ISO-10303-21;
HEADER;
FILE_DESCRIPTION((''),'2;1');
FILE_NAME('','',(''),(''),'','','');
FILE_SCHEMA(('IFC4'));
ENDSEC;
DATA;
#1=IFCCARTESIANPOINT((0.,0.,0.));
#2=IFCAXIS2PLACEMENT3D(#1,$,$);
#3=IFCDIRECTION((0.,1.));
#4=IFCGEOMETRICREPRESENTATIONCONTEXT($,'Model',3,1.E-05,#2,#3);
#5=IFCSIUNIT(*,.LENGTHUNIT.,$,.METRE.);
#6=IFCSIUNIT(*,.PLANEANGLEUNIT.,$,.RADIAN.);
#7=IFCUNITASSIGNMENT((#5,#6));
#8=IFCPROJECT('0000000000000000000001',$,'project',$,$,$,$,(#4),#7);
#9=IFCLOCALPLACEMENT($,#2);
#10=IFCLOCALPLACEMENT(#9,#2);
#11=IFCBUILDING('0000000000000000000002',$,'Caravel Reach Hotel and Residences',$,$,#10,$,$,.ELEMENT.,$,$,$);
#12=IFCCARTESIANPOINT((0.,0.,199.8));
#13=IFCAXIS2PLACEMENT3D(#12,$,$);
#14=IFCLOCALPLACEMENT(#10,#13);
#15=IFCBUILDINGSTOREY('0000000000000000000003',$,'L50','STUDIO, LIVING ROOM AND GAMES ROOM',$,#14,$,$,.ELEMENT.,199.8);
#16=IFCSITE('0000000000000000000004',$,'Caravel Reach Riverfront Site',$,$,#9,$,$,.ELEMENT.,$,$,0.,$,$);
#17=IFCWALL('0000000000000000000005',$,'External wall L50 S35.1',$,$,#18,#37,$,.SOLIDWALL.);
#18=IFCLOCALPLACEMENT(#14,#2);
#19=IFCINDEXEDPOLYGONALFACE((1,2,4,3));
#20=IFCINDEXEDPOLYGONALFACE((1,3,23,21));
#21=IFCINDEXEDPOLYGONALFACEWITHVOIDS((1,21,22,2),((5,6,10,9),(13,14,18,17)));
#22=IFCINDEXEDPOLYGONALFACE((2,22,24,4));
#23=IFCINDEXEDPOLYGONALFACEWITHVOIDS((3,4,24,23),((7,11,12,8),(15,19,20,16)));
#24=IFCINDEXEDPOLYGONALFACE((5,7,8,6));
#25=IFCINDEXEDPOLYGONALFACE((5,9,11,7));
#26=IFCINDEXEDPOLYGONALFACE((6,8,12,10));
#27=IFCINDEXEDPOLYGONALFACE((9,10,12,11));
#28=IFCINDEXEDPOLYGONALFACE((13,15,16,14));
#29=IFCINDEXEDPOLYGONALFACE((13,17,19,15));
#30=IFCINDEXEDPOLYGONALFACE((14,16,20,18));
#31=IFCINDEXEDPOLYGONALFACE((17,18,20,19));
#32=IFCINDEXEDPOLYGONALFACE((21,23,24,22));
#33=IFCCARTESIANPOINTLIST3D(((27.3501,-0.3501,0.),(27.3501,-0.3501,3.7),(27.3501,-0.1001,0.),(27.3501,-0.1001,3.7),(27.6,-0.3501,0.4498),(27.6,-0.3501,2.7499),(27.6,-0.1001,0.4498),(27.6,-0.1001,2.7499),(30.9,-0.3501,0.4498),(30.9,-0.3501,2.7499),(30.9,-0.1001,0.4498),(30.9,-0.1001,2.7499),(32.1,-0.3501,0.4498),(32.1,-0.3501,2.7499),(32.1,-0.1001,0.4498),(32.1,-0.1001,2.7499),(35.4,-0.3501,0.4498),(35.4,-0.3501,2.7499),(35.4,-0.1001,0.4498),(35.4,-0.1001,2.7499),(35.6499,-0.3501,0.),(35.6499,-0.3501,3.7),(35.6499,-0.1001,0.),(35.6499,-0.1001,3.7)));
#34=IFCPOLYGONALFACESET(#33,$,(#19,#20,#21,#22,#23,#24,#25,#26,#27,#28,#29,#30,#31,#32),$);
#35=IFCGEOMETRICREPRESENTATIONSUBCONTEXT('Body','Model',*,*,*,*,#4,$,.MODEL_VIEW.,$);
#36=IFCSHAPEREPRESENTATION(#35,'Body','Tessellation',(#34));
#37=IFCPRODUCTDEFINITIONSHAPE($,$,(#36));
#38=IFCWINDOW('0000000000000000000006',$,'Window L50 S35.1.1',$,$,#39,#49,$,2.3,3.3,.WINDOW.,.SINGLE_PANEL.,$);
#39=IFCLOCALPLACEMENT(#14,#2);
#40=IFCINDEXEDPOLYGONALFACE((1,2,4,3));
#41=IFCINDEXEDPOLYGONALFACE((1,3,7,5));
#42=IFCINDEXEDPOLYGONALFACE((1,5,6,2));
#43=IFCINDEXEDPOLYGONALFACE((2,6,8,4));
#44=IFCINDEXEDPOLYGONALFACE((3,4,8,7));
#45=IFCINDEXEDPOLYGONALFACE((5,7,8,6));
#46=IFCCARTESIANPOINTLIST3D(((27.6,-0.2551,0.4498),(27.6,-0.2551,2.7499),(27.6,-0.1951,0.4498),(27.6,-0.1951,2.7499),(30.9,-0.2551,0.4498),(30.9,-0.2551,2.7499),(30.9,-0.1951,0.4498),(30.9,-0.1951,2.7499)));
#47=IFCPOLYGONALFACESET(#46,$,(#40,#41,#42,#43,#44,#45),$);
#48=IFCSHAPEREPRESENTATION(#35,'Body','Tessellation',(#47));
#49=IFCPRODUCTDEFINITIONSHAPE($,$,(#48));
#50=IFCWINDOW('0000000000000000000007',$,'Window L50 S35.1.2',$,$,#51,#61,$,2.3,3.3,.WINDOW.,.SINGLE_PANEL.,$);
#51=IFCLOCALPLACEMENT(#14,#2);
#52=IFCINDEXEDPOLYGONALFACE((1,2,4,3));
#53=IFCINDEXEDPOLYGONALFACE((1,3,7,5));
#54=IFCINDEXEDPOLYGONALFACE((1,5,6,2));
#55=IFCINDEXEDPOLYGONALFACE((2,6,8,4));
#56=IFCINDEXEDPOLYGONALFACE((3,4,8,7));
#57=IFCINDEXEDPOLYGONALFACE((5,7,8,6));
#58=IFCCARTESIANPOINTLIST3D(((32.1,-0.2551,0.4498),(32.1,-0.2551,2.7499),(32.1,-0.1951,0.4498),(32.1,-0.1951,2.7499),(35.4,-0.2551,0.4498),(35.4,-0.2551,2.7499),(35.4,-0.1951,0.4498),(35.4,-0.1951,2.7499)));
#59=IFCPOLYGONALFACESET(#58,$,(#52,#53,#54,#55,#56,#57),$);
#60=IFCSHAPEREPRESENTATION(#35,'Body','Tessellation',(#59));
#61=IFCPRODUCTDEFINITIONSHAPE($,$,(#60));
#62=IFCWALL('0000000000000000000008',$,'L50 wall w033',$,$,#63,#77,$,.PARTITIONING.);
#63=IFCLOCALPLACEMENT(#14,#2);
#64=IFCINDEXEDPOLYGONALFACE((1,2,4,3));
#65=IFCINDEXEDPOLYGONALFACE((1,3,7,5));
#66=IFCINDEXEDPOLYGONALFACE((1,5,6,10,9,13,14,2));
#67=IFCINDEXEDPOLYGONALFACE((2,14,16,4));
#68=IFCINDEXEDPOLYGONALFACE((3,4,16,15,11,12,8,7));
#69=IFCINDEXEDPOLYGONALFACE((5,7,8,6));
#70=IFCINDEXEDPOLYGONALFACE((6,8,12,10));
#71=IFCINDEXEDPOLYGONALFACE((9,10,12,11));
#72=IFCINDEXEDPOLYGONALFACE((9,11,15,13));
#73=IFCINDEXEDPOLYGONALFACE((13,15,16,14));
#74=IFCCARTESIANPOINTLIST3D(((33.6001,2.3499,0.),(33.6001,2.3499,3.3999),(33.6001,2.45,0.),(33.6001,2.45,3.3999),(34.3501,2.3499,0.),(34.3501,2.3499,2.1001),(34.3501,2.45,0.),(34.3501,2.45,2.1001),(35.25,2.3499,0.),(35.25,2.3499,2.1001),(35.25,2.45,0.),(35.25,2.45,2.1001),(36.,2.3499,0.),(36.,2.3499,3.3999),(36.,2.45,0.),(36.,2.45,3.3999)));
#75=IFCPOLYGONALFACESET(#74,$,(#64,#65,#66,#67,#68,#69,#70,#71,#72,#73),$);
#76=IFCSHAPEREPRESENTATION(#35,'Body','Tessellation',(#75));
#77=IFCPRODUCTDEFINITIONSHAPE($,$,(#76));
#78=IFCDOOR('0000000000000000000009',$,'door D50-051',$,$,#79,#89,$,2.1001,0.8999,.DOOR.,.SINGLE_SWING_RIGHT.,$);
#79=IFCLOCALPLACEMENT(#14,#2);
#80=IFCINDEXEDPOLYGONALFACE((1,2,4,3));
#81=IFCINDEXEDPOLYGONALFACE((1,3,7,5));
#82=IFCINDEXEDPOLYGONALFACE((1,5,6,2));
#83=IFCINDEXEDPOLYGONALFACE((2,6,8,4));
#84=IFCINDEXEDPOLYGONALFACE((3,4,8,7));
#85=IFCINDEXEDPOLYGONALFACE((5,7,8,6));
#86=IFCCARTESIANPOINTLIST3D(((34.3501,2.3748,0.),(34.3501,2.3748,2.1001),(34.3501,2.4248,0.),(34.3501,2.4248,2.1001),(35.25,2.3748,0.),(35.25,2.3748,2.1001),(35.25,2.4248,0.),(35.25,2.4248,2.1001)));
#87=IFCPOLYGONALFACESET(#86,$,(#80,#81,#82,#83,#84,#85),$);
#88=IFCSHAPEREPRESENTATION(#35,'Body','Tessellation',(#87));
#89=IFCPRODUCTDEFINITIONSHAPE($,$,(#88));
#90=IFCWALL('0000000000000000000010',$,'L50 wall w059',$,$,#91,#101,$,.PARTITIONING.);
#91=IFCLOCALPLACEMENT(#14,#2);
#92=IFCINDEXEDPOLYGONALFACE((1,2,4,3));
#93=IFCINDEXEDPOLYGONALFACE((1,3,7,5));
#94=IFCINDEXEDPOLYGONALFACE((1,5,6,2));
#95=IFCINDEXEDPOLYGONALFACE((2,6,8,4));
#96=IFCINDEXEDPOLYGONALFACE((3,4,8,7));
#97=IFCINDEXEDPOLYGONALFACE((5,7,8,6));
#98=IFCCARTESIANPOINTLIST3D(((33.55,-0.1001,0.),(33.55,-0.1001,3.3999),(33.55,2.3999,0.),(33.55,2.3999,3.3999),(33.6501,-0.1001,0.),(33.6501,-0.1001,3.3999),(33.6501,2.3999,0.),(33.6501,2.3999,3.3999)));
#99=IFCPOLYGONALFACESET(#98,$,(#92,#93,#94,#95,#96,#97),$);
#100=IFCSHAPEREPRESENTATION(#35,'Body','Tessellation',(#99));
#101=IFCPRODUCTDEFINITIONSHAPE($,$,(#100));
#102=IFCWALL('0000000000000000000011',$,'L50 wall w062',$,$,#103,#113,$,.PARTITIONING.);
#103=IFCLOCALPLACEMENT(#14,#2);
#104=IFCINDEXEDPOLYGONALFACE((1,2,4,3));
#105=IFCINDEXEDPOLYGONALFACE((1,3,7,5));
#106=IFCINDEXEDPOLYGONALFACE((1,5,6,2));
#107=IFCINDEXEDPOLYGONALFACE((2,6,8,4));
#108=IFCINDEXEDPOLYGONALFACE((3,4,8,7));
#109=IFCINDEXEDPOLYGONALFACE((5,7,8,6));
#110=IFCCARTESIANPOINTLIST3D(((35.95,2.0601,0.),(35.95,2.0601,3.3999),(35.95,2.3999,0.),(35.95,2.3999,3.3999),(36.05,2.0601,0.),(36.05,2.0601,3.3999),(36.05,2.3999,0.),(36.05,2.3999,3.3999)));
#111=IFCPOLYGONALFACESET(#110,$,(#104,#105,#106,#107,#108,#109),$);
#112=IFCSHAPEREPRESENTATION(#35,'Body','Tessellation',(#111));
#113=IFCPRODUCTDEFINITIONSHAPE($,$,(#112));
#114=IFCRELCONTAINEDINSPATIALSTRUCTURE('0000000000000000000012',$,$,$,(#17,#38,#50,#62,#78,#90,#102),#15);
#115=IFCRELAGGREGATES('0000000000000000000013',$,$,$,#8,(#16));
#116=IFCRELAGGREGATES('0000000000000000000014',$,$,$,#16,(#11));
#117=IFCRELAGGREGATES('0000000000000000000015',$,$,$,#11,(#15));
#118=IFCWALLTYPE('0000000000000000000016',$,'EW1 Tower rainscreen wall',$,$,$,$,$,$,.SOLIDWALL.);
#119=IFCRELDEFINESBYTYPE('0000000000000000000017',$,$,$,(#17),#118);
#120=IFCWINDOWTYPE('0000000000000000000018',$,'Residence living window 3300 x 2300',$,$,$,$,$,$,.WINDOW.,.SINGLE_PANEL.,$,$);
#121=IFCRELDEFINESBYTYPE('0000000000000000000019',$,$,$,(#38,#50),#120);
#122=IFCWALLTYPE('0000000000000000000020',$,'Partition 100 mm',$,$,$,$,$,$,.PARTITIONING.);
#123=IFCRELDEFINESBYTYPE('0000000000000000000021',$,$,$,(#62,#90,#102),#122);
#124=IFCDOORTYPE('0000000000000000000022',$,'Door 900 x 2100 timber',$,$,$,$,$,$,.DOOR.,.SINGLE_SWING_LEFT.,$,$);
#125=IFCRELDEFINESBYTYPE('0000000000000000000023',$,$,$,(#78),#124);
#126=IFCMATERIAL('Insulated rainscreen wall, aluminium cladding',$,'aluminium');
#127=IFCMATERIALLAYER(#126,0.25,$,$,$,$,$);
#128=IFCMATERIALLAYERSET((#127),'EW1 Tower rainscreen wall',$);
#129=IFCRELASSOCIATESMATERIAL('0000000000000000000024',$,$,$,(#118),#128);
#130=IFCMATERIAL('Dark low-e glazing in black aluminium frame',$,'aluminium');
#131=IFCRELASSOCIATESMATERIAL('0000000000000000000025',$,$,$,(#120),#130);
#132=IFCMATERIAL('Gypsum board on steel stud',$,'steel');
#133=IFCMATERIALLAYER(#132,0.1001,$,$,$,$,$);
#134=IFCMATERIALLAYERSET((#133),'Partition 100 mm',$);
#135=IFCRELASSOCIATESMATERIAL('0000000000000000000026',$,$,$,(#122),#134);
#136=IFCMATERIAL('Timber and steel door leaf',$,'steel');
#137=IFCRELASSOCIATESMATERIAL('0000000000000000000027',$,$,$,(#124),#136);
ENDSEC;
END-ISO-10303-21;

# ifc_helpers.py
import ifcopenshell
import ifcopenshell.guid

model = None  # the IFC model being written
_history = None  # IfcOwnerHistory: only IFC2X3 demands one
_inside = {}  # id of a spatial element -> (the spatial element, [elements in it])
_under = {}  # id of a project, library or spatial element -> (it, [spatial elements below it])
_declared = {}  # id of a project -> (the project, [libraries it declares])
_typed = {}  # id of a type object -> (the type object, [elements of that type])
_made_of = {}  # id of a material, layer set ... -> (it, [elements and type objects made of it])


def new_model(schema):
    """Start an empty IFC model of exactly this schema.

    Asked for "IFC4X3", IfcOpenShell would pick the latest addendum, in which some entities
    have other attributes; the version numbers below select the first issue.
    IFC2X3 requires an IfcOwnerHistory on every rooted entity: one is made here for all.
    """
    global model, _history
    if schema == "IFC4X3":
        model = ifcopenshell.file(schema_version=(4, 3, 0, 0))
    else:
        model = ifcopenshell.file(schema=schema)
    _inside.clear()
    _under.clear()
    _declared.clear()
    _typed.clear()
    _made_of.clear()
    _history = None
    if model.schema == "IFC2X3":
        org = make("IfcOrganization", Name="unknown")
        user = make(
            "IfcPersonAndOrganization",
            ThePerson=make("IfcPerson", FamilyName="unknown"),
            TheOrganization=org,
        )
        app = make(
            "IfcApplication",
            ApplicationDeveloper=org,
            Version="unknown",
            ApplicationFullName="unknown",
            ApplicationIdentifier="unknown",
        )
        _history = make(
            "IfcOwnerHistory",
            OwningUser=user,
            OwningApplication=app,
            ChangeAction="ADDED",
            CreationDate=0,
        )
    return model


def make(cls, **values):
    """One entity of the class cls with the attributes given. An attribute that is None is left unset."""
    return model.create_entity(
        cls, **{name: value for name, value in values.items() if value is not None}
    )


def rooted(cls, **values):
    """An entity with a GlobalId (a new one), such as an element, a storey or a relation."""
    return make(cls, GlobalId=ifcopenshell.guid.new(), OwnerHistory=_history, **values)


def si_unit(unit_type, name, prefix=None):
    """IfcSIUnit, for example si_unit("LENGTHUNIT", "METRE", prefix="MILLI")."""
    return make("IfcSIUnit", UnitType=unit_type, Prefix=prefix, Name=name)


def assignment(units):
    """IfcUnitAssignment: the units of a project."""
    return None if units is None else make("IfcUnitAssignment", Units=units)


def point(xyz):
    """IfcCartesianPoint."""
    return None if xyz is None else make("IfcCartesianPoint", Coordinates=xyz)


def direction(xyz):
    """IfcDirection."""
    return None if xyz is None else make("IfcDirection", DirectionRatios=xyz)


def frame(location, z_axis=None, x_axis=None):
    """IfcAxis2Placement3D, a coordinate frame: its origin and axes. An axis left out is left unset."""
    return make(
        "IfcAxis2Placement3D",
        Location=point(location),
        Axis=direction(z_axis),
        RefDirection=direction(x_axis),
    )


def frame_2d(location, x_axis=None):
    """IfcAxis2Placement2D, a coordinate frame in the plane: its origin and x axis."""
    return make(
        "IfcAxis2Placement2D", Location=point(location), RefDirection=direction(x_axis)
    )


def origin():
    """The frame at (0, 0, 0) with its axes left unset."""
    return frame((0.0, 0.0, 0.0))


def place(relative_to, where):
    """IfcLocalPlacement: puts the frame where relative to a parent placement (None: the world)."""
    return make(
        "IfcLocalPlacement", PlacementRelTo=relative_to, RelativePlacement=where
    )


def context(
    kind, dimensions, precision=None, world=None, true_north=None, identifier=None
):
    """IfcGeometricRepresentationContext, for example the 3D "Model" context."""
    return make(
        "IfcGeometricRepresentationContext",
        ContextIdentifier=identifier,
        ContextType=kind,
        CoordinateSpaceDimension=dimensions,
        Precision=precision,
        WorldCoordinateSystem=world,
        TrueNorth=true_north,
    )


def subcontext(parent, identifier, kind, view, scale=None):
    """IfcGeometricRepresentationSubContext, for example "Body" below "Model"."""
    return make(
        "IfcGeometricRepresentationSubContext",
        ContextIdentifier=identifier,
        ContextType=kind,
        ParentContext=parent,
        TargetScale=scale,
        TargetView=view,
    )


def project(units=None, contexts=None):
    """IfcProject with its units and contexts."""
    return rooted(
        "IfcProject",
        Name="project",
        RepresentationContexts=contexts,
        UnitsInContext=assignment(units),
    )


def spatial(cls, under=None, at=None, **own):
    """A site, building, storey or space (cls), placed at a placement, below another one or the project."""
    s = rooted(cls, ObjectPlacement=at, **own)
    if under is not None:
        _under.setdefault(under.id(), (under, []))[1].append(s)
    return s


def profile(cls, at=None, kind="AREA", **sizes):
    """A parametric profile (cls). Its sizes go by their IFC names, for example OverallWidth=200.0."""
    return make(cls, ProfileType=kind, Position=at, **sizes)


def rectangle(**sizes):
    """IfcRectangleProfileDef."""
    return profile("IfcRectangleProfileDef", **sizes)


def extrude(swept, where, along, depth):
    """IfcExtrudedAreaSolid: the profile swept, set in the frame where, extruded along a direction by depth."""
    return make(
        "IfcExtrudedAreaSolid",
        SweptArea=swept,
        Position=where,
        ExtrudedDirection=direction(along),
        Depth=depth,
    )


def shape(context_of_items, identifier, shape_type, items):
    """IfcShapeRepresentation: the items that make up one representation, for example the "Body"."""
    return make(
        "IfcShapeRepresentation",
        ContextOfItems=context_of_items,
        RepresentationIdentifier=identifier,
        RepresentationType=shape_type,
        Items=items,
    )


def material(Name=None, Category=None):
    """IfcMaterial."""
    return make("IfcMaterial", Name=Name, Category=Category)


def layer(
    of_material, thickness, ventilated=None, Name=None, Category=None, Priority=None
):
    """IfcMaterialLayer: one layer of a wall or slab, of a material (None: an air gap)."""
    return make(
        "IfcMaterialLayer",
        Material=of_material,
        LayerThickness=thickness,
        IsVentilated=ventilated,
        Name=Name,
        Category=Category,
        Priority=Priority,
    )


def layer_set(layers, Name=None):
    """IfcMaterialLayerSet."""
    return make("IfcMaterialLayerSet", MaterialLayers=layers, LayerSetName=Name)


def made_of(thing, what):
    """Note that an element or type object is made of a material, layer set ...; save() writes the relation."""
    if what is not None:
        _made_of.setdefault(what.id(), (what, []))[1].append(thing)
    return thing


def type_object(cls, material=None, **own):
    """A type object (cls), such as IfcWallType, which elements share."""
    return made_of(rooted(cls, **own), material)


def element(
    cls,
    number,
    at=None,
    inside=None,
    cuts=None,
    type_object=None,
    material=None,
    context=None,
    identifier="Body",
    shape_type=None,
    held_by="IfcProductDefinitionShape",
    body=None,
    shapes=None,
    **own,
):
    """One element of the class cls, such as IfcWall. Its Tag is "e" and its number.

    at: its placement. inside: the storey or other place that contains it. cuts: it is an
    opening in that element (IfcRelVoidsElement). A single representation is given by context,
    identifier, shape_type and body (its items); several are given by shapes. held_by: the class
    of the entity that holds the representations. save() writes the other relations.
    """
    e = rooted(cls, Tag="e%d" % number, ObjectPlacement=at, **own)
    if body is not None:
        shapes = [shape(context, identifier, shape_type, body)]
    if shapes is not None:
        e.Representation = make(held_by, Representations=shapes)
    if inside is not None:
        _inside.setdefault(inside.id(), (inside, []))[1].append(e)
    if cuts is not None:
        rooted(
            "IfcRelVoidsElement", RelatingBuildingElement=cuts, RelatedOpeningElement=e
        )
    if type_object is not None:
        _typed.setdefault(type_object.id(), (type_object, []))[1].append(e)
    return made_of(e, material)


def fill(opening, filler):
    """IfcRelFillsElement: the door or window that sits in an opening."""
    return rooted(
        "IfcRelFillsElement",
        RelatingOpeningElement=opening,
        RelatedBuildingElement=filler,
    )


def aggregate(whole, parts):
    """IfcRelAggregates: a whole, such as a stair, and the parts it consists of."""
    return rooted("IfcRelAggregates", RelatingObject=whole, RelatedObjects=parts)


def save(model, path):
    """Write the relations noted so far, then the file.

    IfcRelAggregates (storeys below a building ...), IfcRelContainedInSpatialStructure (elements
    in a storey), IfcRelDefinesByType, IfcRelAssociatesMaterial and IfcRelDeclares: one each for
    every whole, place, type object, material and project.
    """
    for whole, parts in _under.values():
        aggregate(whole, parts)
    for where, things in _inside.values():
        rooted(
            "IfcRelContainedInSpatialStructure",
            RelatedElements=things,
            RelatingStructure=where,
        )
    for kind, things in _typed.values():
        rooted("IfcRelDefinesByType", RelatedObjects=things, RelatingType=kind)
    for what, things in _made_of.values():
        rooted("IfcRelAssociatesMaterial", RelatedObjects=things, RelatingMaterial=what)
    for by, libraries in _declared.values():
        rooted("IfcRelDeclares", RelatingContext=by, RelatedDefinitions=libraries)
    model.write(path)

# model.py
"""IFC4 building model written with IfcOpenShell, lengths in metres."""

from ifc_helpers import new_model, si_unit, direction, frame, frame_2d, origin, place, context, subcontext, project, spatial, rectangle, extrude, material, layer, layer_set, type_object, element, fill, save


model = new_model("IFC4")

# Units and contexts
model_context = context("Model", 3, precision=1e-05, world=origin(), true_north=direction((0.0, 1.0)))
body_context = subcontext(model_context, "Body", "Model", "MODEL_VIEW")
ifc_project = project(units=[si_unit("LENGTHUNIT", "METRE"), si_unit("PLANEANGLEUNIT", "RADIAN")], contexts=[model_context])

# Site, building, storey
site_placement = place(None, origin())
site = spatial("IfcSite", under=ifc_project, at=site_placement, Name="Caravel Reach Riverfront Site", CompositionType="ELEMENT", RefElevation=0.0)
building_placement = place(site_placement, origin())
building = spatial("IfcBuilding", under=site, at=building_placement, Name="Caravel Reach Hotel and Residences", CompositionType="ELEMENT")
storey_placement = place(building_placement, frame((0.0, 0.0, 199.8)))
storey = spatial("IfcBuildingStorey", under=building, at=storey_placement, Name="L50", Description="STUDIO, LIVING ROOM AND GAMES ROOM", CompositionType="ELEMENT", Elevation=199.8)

# Wall, openings, windows
ifc_material_1 = material(Name="Insulated rainscreen wall, aluminium cladding", Category="aluminium")
ifc_layer_1 = layer(ifc_material_1, 0.25)
ifc_layer_set_1 = layer_set([ifc_layer_1], Name="EW1 Tower rainscreen wall")
wall_type_1 = type_object("IfcWallType", Name="EW1 Tower rainscreen wall", PredefinedType="SOLIDWALL", material=ifc_layer_set_1)
wall_1_placement = place(storey_placement, frame((27.3501, -0.2251, 0.0), z_axis=(0.0, 0.0, 1.0), x_axis=(1.0, 0.0, 0.0)))
wall_1 = element("IfcWall", 1, at=wall_1_placement, inside=storey, type_object=wall_type_1, Name="External wall L50 S35.1", PredefinedType="SOLIDWALL", context=body_context, shape_type="SweptSolid", body=[
    extrude(rectangle(XDim=8.2998, YDim=0.25, at=frame_2d((4.1499, 0.0))), origin(), (0.0, 0.0, 1.0), 3.7),
])
opening_1_placement = place(wall_1_placement, frame((0.25, 0.0, 0.45)))
opening_1 = element("IfcOpeningElement", 2, at=opening_1_placement, cuts=wall_1, PredefinedType="OPENING", context=body_context, shape_type="SweptSolid", body=[
    extrude(rectangle(XDim=3.3, YDim=2.3, at=frame_2d((1.6499, 1.1499))), frame((0.0, 0.135, 0.0), z_axis=(0.0, -1.0, 0.0), x_axis=(1.0, 0.0, 0.0)), (0.0, 0.0, 1.0), 0.27),
])
opening_2_placement = place(wall_1_placement, frame((4.75, 0.0, 0.45)))
opening_2 = element("IfcOpeningElement", 3, at=opening_2_placement, cuts=wall_1, PredefinedType="OPENING", context=body_context, shape_type="SweptSolid", body=[
    extrude(rectangle(XDim=3.3, YDim=2.3, at=frame_2d((1.6499, 1.1499))), frame((0.0, 0.135, 0.0), z_axis=(0.0, -1.0, 0.0), x_axis=(1.0, 0.0, 0.0)), (0.0, 0.0, 1.0), 0.27),
])
ifc_material_2 = material(Name="Dark low-e glazing in black aluminium frame", Category="aluminium")
window_type = type_object("IfcWindowType", Name="Residence living window 3300 x 2300", PartitioningType="SINGLE_PANEL", PredefinedType="WINDOW", material=ifc_material_2)
window_1_placement = place(opening_1_placement, origin())
window_1 = element("IfcWindow", 4, at=window_1_placement, inside=storey, type_object=window_type, Name="Window L50 S35.1.1", OverallHeight=2.3, OverallWidth=3.3, PartitioningType="SINGLE_PANEL", PredefinedType="WINDOW", context=body_context, shape_type="SweptSolid", body=[
    extrude(rectangle(XDim=3.3, YDim=2.3, at=frame_2d((1.6499, 1.1499))), frame((0.0, 0.03, 0.0), z_axis=(0.0, -1.0, 0.0), x_axis=(1.0, 0.0, 0.0)), (0.0, 0.0, 1.0), 0.0601),
])
fill(opening_1, window_1)
window_2_placement = place(opening_2_placement, origin())
window_2 = element("IfcWindow", 5, at=window_2_placement, inside=storey, type_object=window_type, Name="Window L50 S35.1.2", OverallHeight=2.3, OverallWidth=3.3, PartitioningType="SINGLE_PANEL", PredefinedType="WINDOW", context=body_context, shape_type="SweptSolid", body=[
    extrude(rectangle(XDim=3.3, YDim=2.3, at=frame_2d((1.6499, 1.1499))), frame((0.0, 0.03, 0.0), z_axis=(0.0, -1.0, 0.0), x_axis=(1.0, 0.0, 0.0)), (0.0, 0.0, 1.0), 0.0601),
])
fill(opening_2, window_2)

# Wall, opening, door
ifc_material_3 = material(Name="Gypsum board on steel stud", Category="steel")
ifc_layer_2 = layer(ifc_material_3, 0.1001)
ifc_layer_set_2 = layer_set([ifc_layer_2], Name="Partition 100 mm")
wall_type_2 = type_object("IfcWallType", Name="Partition 100 mm", PredefinedType="PARTITIONING", material=ifc_layer_set_2)
wall_2_placement = place(storey_placement, frame((33.6001, 2.3999, 0.0), z_axis=(0.0, 0.0, 1.0), x_axis=(1.0, 0.0, 0.0)))
wall_2 = element("IfcWall", 6, at=wall_2_placement, inside=storey, type_object=wall_type_2, Name="L50 wall w033", PredefinedType="PARTITIONING", context=body_context, shape_type="SweptSolid", body=[
    extrude(rectangle(XDim=2.3999, YDim=0.1001, at=frame_2d((1.2, 0.0))), origin(), (0.0, 0.0, 1.0), 3.3999),
])
opening_3_placement = place(wall_2_placement, frame((0.75, 0.0, 0.0)))
opening_3 = element("IfcOpeningElement", 7, at=opening_3_placement, cuts=wall_2, PredefinedType="OPENING", context=body_context, shape_type="SweptSolid", body=[
    extrude(rectangle(XDim=0.8999, YDim=2.1001, at=frame_2d((0.45, 1.05))), frame((0.0, 0.0601, 0.0), z_axis=(0.0, -1.0, 0.0), x_axis=(1.0, 0.0, 0.0)), (0.0, 0.0, 1.0), 0.1201),
])
ifc_material_4 = material(Name="Timber and steel door leaf", Category="steel")
door_type_1 = type_object("IfcDoorType", Name="Door 900 x 2100 timber", OperationType="SINGLE_SWING_LEFT", PredefinedType="DOOR", material=ifc_material_4)
door_1_placement = place(opening_3_placement, origin())
door_1 = element("IfcDoor", 8, at=door_1_placement, inside=storey, type_object=door_type_1, Name="door D50-051", OperationType="SINGLE_SWING_RIGHT", OverallHeight=2.1001, OverallWidth=0.8999, PredefinedType="DOOR", context=body_context, shape_type="SweptSolid", body=[
    extrude(rectangle(XDim=0.8999, YDim=2.1001, at=frame_2d((0.45, 1.05))), frame((0.0, 0.0249, 0.0), z_axis=(0.0, -1.0, 0.0), x_axis=(1.0, 0.0, 0.0)), (0.0, 0.0, 1.0), 0.05),
])
fill(opening_3, door_1)

# Walls
wall_3_placement = place(storey_placement, frame((33.6001, -0.1001, 0.0), z_axis=(0.0, 0.0, 1.0), x_axis=(0.0, 1.0, 0.0)))
element("IfcWall", 9, at=wall_3_placement, inside=storey, type_object=wall_type_2, Name="L50 wall w059", PredefinedType="PARTITIONING", context=body_context, shape_type="SweptSolid", body=[
    extrude(rectangle(XDim=2.5, YDim=0.1001, at=frame_2d((1.25, 0.0))), origin(), (0.0, 0.0, 1.0), 3.3999),
])
wall_4_placement = place(storey_placement, frame((36.0, 2.0601, 0.0), z_axis=(0.0, 0.0, 1.0), x_axis=(0.0, 1.0, 0.0)))
element("IfcWall", 10, at=wall_4_placement, inside=storey, type_object=wall_type_2, Name="L50 wall w062", PredefinedType="PARTITIONING", context=body_context, shape_type="SweptSolid", body=[
    extrude(rectangle(XDim=0.3398, YDim=0.1001, at=frame_2d((0.1699, 0.0))), origin(), (0.0, 0.0, 1.0), 3.3999),
])

save(model, "model.ifc")
